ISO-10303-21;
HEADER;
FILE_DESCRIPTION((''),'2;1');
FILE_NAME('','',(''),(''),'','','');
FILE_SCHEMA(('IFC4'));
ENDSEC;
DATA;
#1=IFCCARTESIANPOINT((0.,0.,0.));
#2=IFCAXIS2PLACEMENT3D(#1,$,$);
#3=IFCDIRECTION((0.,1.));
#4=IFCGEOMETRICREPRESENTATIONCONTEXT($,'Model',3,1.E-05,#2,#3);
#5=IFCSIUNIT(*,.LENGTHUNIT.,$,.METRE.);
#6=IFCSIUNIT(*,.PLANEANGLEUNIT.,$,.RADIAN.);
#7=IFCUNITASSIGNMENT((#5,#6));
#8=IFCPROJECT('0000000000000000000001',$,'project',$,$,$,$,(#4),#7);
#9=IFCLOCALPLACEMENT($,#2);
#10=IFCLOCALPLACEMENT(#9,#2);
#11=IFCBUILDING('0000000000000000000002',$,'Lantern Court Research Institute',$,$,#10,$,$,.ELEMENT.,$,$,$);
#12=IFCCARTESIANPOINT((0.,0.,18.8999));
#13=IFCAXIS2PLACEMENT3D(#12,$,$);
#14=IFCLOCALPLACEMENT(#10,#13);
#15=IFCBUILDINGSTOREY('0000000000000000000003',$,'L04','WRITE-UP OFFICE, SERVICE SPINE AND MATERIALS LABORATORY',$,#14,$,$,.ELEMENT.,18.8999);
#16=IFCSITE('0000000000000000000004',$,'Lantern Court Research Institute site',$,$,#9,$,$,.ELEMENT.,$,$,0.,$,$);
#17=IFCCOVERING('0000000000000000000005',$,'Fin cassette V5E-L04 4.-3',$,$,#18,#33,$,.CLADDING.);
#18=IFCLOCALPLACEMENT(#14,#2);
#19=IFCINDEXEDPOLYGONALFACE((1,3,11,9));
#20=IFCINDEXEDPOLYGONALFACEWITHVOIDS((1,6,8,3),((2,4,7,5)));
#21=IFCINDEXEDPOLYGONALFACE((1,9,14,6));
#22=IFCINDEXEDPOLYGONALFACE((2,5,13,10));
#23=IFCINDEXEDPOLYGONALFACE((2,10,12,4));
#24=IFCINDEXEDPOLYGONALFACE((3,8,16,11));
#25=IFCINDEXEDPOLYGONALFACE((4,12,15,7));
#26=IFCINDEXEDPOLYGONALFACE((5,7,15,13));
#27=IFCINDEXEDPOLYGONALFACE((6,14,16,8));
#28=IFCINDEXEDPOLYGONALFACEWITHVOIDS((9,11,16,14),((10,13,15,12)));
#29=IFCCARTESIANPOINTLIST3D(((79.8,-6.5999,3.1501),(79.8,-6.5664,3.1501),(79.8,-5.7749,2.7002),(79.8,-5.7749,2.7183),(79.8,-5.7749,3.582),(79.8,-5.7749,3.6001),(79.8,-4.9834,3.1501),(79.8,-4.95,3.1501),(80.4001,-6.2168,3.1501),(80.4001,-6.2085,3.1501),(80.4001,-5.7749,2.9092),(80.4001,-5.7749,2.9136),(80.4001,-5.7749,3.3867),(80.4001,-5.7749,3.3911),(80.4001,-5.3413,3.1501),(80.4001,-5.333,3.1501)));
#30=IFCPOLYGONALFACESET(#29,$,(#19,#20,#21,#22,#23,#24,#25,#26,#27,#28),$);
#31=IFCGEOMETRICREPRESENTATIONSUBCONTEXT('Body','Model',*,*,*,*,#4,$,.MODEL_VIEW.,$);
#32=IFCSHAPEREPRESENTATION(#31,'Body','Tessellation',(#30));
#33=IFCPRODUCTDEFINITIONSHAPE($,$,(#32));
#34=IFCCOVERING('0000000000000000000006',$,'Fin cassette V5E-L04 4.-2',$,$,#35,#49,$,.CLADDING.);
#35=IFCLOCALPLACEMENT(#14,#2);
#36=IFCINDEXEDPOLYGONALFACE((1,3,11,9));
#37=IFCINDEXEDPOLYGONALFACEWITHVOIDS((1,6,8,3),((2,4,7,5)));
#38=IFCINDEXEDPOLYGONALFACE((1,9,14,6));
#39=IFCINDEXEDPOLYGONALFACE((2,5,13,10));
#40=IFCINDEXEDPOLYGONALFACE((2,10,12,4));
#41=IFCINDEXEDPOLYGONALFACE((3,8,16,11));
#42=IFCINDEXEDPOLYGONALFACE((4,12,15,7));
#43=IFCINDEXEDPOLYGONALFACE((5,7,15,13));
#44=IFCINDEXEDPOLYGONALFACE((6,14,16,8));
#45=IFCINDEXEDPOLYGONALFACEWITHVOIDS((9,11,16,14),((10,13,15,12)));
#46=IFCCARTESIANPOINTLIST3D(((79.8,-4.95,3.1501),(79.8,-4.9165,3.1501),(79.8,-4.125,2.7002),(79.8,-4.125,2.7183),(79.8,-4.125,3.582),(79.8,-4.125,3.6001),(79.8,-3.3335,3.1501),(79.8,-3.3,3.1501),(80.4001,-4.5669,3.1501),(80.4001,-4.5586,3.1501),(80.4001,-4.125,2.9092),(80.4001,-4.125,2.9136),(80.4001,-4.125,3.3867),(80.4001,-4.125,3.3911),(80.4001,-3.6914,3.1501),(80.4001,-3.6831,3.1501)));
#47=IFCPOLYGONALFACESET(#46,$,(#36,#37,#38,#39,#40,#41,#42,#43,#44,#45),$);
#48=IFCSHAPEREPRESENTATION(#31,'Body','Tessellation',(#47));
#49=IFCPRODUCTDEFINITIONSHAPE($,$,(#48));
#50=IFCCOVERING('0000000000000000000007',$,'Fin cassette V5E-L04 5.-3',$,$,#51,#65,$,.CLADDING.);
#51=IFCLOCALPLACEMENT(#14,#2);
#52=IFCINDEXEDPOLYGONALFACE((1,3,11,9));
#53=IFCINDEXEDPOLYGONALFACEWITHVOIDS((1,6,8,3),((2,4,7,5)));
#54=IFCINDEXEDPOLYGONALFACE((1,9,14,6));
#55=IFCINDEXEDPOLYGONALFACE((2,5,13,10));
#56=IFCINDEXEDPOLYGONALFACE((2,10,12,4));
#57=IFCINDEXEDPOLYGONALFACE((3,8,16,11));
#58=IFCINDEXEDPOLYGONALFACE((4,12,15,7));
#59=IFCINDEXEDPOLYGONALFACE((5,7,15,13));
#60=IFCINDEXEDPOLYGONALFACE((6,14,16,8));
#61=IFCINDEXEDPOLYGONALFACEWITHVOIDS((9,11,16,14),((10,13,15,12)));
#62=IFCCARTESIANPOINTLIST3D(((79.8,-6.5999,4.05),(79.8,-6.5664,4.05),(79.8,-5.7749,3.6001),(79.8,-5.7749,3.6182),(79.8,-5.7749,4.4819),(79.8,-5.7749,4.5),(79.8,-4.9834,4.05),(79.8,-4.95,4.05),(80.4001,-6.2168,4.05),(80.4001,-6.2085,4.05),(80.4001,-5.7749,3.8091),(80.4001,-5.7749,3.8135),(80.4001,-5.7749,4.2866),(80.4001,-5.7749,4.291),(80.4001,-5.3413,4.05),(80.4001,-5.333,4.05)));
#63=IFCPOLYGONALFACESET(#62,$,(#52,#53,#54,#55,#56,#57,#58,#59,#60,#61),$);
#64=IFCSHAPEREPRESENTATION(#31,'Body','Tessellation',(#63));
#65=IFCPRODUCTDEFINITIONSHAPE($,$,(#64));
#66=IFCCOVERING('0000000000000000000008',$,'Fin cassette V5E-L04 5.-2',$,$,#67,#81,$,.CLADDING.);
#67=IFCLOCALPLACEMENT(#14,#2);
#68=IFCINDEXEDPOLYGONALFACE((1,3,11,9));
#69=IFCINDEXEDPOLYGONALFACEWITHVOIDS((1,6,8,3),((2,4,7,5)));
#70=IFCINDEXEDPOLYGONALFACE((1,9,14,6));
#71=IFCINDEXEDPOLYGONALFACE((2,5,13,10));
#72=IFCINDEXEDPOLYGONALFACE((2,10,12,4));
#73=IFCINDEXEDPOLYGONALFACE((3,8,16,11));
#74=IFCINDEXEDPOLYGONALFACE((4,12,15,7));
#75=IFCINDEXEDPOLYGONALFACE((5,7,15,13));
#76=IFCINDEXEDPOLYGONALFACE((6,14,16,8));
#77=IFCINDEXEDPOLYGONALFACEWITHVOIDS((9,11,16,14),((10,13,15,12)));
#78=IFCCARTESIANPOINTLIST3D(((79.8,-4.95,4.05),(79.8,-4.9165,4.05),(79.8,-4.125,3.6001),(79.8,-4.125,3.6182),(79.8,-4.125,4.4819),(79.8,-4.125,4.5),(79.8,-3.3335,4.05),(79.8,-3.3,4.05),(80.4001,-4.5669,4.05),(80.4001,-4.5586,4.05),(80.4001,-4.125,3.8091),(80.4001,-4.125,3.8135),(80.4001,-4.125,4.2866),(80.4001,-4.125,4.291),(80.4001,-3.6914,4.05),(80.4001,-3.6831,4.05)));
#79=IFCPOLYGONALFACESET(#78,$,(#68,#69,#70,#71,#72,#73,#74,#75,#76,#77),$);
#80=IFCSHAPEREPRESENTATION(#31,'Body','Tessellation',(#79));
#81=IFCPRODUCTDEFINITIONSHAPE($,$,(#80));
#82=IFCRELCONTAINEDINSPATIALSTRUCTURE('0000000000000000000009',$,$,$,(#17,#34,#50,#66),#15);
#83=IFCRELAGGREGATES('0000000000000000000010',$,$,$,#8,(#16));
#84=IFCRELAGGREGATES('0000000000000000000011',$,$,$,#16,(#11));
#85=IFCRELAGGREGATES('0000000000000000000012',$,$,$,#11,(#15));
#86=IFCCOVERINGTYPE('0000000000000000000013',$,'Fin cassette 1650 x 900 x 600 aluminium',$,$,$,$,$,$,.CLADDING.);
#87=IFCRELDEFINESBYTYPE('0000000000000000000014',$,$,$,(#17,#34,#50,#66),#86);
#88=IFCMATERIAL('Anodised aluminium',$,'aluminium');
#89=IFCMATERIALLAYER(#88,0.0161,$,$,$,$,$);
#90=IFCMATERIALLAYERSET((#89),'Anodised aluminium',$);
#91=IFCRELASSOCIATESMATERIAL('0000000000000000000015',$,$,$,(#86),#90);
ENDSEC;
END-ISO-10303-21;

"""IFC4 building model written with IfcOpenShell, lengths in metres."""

from ifc_helpers import new_model, entity, si_unit, direction, frame, origin, place, context, subcontext, project, spatial, material, layer, layer_set, type_object, element, save


model = new_model("IFC4")

# Units and contexts
model_context = context("Model", 3, precision=1e-05, world=origin(), true_north=direction((0.0, 1.0)))
body_context = subcontext(model_context, "Body", "Model", "MODEL_VIEW")
ifc_project = project(units=[si_unit("LENGTHUNIT", "METRE"), si_unit("PLANEANGLEUNIT", "RADIAN")], contexts=[model_context])

# Site, building, storey
site_placement = place(None, origin())
site = spatial("IfcSite", under=ifc_project, at=site_placement, Name="Lantern Court Research Institute site", CompositionType="ELEMENT", RefElevation=0.0)
building_placement = place(site_placement, origin())
building = spatial("IfcBuilding", under=site, at=building_placement, Name="Lantern Court Research Institute", CompositionType="ELEMENT")
storey_placement = place(building_placement, frame((0.0, 0.0, 18.8999)))
storey = spatial("IfcBuildingStorey", under=building, at=storey_placement, Name="L04", Description="WRITE-UP OFFICE, SERVICE SPINE AND MATERIALS LABORATORY", CompositionType="ELEMENT", Elevation=18.8999)

# Coverings
ifc_material_1 = material(Name="Anodised aluminium", Category="aluminium")
ifc_layer_1 = layer(ifc_material_1, 0.0161)
ifc_layer_set_1 = layer_set([ifc_layer_1], Name="Anodised aluminium")
covering_type = type_object("IfcCoveringType", Name="Fin cassette 1650 x 900 x 600 aluminium", PredefinedType="CLADDING", material=ifc_layer_set_1)
covering_1_placement = place(storey_placement, frame((79.8, -5.7749, 3.1501), z_axis=(1.0, 0.0, 0.0), x_axis=(0.0, 1.0, 0.0)))
cartesian_point_1 = entity("IfcCartesianPoint", [0.825, 0.0])
cartesian_point_2 = entity("IfcCartesianPoint", [0.7915, 0.0])
cartesian_point_3 = entity("IfcCartesianPoint", [0.4419, 0.0])
cartesian_point_4 = entity("IfcCartesianPoint", [0.4336, 0.0])
element("IfcCovering", 1, at=covering_1_placement, inside=storey, type_object=covering_type, Name="Fin cassette V5E-L04 4.-3", PredefinedType="CLADDING", context=body_context, shape_type="SweptSolid", body=[
    entity("IfcExtrudedAreaSolidTapered", entity("IfcArbitraryProfileDefWithVoids", "AREA", None, entity("IfcPolyline", [cartesian_point_1, entity("IfcCartesianPoint", [0.0, 0.45]), entity("IfcCartesianPoint", [-0.825, 0.0]), entity("IfcCartesianPoint", [0.0, -0.45]), cartesian_point_1]), [entity("IfcPolyline", [cartesian_point_2, entity("IfcCartesianPoint", [0.0, 0.4319]), entity("IfcCartesianPoint", [-0.7915, 0.0]), entity("IfcCartesianPoint", [0.0, -0.4319]), cartesian_point_2])]), entity("IfcAxis2Placement3D", entity("IfcCartesianPoint", [0.0, 0.0, 0.0])), entity("IfcDirection", [0.0, 0.0, 1.0]), 0.6001, entity("IfcArbitraryProfileDefWithVoids", "AREA", None, entity("IfcPolyline", [cartesian_point_3, entity("IfcCartesianPoint", [0.0, 0.241]), entity("IfcCartesianPoint", [-0.4419, 0.0]), entity("IfcCartesianPoint", [0.0, -0.241]), cartesian_point_3]), [entity("IfcPolyline", [cartesian_point_4, entity("IfcCartesianPoint", [0.0, 0.2366]), entity("IfcCartesianPoint", [-0.4336, 0.0]), entity("IfcCartesianPoint", [0.0, -0.2366]), cartesian_point_4])])),
])
covering_2_placement = place(storey_placement, frame((79.8, -4.125, 3.1501), z_axis=(1.0, 0.0, 0.0), x_axis=(0.0, 1.0, 0.0)))
cartesian_point_5 = entity("IfcCartesianPoint", [0.825, 0.0])
cartesian_point_6 = entity("IfcCartesianPoint", [0.7915, 0.0])
cartesian_point_7 = entity("IfcCartesianPoint", [0.4419, 0.0])
cartesian_point_8 = entity("IfcCartesianPoint", [0.4336, 0.0])
element("IfcCovering", 2, at=covering_2_placement, inside=storey, type_object=covering_type, Name="Fin cassette V5E-L04 4.-2", PredefinedType="CLADDING", context=body_context, shape_type="SweptSolid", body=[
    entity("IfcExtrudedAreaSolidTapered", entity("IfcArbitraryProfileDefWithVoids", "AREA", None, entity("IfcPolyline", [cartesian_point_5, entity("IfcCartesianPoint", [0.0, 0.45]), entity("IfcCartesianPoint", [-0.825, 0.0]), entity("IfcCartesianPoint", [0.0, -0.45]), cartesian_point_5]), [entity("IfcPolyline", [cartesian_point_6, entity("IfcCartesianPoint", [0.0, 0.4319]), entity("IfcCartesianPoint", [-0.7915, 0.0]), entity("IfcCartesianPoint", [0.0, -0.4319]), cartesian_point_6])]), entity("IfcAxis2Placement3D", entity("IfcCartesianPoint", [0.0, 0.0, 0.0])), entity("IfcDirection", [0.0, 0.0, 1.0]), 0.6001, entity("IfcArbitraryProfileDefWithVoids", "AREA", None, entity("IfcPolyline", [cartesian_point_7, entity("IfcCartesianPoint", [0.0, 0.241]), entity("IfcCartesianPoint", [-0.4419, 0.0]), entity("IfcCartesianPoint", [0.0, -0.241]), cartesian_point_7]), [entity("IfcPolyline", [cartesian_point_8, entity("IfcCartesianPoint", [0.0, 0.2366]), entity("IfcCartesianPoint", [-0.4336, 0.0]), entity("IfcCartesianPoint", [0.0, -0.2366]), cartesian_point_8])])),
])
covering_3_placement = place(storey_placement, frame((79.8, -5.7749, 4.05), z_axis=(1.0, 0.0, 0.0), x_axis=(0.0, 1.0, 0.0)))
cartesian_point_9 = entity("IfcCartesianPoint", [0.825, 0.0])
cartesian_point_10 = entity("IfcCartesianPoint", [0.7915, 0.0])
cartesian_point_11 = entity("IfcCartesianPoint", [0.4419, 0.0])
cartesian_point_12 = entity("IfcCartesianPoint", [0.4336, 0.0])
element("IfcCovering", 3, at=covering_3_placement, inside=storey, type_object=covering_type, Name="Fin cassette V5E-L04 5.-3", PredefinedType="CLADDING", context=body_context, shape_type="SweptSolid", body=[
    entity("IfcExtrudedAreaSolidTapered", entity("IfcArbitraryProfileDefWithVoids", "AREA", None, entity("IfcPolyline", [cartesian_point_9, entity("IfcCartesianPoint", [0.0, 0.45]), entity("IfcCartesianPoint", [-0.825, 0.0]), entity("IfcCartesianPoint", [0.0, -0.45]), cartesian_point_9]), [entity("IfcPolyline", [cartesian_point_10, entity("IfcCartesianPoint", [0.0, 0.4319]), entity("IfcCartesianPoint", [-0.7915, 0.0]), entity("IfcCartesianPoint", [0.0, -0.4319]), cartesian_point_10])]), entity("IfcAxis2Placement3D", entity("IfcCartesianPoint", [0.0, 0.0, 0.0])), entity("IfcDirection", [0.0, 0.0, 1.0]), 0.6001, entity("IfcArbitraryProfileDefWithVoids", "AREA", None, entity("IfcPolyline", [cartesian_point_11, entity("IfcCartesianPoint", [0.0, 0.241]), entity("IfcCartesianPoint", [-0.4419, 0.0]), entity("IfcCartesianPoint", [0.0, -0.241]), cartesian_point_11]), [entity("IfcPolyline", [cartesian_point_12, entity("IfcCartesianPoint", [0.0, 0.2366]), entity("IfcCartesianPoint", [-0.4336, 0.0]), entity("IfcCartesianPoint", [0.0, -0.2366]), cartesian_point_12])])),
])
covering_4_placement = place(storey_placement, frame((79.8, -4.125, 4.05), z_axis=(1.0, 0.0, 0.0), x_axis=(0.0, 1.0, 0.0)))
cartesian_point_13 = entity("IfcCartesianPoint", [0.825, 0.0])
cartesian_point_14 = entity("IfcCartesianPoint", [0.7915, 0.0])
cartesian_point_15 = entity("IfcCartesianPoint", [0.4419, 0.0])
cartesian_point_16 = entity("IfcCartesianPoint", [0.4336, 0.0])
element("IfcCovering", 4, at=covering_4_placement, inside=storey, type_object=covering_type, Name="Fin cassette V5E-L04 5.-2", PredefinedType="CLADDING", context=body_context, shape_type="SweptSolid", body=[
    entity("IfcExtrudedAreaSolidTapered", entity("IfcArbitraryProfileDefWithVoids", "AREA", None, entity("IfcPolyline", [cartesian_point_13, entity("IfcCartesianPoint", [0.0, 0.45]), entity("IfcCartesianPoint", [-0.825, 0.0]), entity("IfcCartesianPoint", [0.0, -0.45]), cartesian_point_13]), [entity("IfcPolyline", [cartesian_point_14, entity("IfcCartesianPoint", [0.0, 0.4319]), entity("IfcCartesianPoint", [-0.7915, 0.0]), entity("IfcCartesianPoint", [0.0, -0.4319]), cartesian_point_14])]), entity("IfcAxis2Placement3D", entity("IfcCartesianPoint", [0.0, 0.0, 0.0])), entity("IfcDirection", [0.0, 0.0, 1.0]), 0.6001, entity("IfcArbitraryProfileDefWithVoids", "AREA", None, entity("IfcPolyline", [cartesian_point_15, entity("IfcCartesianPoint", [0.0, 0.241]), entity("IfcCartesianPoint", [-0.4419, 0.0]), entity("IfcCartesianPoint", [0.0, -0.241]), cartesian_point_15]), [entity("IfcPolyline", [cartesian_point_16, entity("IfcCartesianPoint", [0.0, 0.2366]), entity("IfcCartesianPoint", [-0.4336, 0.0]), entity("IfcCartesianPoint", [0.0, -0.2366]), cartesian_point_16])])),
])

save(model, "model.ifc")
